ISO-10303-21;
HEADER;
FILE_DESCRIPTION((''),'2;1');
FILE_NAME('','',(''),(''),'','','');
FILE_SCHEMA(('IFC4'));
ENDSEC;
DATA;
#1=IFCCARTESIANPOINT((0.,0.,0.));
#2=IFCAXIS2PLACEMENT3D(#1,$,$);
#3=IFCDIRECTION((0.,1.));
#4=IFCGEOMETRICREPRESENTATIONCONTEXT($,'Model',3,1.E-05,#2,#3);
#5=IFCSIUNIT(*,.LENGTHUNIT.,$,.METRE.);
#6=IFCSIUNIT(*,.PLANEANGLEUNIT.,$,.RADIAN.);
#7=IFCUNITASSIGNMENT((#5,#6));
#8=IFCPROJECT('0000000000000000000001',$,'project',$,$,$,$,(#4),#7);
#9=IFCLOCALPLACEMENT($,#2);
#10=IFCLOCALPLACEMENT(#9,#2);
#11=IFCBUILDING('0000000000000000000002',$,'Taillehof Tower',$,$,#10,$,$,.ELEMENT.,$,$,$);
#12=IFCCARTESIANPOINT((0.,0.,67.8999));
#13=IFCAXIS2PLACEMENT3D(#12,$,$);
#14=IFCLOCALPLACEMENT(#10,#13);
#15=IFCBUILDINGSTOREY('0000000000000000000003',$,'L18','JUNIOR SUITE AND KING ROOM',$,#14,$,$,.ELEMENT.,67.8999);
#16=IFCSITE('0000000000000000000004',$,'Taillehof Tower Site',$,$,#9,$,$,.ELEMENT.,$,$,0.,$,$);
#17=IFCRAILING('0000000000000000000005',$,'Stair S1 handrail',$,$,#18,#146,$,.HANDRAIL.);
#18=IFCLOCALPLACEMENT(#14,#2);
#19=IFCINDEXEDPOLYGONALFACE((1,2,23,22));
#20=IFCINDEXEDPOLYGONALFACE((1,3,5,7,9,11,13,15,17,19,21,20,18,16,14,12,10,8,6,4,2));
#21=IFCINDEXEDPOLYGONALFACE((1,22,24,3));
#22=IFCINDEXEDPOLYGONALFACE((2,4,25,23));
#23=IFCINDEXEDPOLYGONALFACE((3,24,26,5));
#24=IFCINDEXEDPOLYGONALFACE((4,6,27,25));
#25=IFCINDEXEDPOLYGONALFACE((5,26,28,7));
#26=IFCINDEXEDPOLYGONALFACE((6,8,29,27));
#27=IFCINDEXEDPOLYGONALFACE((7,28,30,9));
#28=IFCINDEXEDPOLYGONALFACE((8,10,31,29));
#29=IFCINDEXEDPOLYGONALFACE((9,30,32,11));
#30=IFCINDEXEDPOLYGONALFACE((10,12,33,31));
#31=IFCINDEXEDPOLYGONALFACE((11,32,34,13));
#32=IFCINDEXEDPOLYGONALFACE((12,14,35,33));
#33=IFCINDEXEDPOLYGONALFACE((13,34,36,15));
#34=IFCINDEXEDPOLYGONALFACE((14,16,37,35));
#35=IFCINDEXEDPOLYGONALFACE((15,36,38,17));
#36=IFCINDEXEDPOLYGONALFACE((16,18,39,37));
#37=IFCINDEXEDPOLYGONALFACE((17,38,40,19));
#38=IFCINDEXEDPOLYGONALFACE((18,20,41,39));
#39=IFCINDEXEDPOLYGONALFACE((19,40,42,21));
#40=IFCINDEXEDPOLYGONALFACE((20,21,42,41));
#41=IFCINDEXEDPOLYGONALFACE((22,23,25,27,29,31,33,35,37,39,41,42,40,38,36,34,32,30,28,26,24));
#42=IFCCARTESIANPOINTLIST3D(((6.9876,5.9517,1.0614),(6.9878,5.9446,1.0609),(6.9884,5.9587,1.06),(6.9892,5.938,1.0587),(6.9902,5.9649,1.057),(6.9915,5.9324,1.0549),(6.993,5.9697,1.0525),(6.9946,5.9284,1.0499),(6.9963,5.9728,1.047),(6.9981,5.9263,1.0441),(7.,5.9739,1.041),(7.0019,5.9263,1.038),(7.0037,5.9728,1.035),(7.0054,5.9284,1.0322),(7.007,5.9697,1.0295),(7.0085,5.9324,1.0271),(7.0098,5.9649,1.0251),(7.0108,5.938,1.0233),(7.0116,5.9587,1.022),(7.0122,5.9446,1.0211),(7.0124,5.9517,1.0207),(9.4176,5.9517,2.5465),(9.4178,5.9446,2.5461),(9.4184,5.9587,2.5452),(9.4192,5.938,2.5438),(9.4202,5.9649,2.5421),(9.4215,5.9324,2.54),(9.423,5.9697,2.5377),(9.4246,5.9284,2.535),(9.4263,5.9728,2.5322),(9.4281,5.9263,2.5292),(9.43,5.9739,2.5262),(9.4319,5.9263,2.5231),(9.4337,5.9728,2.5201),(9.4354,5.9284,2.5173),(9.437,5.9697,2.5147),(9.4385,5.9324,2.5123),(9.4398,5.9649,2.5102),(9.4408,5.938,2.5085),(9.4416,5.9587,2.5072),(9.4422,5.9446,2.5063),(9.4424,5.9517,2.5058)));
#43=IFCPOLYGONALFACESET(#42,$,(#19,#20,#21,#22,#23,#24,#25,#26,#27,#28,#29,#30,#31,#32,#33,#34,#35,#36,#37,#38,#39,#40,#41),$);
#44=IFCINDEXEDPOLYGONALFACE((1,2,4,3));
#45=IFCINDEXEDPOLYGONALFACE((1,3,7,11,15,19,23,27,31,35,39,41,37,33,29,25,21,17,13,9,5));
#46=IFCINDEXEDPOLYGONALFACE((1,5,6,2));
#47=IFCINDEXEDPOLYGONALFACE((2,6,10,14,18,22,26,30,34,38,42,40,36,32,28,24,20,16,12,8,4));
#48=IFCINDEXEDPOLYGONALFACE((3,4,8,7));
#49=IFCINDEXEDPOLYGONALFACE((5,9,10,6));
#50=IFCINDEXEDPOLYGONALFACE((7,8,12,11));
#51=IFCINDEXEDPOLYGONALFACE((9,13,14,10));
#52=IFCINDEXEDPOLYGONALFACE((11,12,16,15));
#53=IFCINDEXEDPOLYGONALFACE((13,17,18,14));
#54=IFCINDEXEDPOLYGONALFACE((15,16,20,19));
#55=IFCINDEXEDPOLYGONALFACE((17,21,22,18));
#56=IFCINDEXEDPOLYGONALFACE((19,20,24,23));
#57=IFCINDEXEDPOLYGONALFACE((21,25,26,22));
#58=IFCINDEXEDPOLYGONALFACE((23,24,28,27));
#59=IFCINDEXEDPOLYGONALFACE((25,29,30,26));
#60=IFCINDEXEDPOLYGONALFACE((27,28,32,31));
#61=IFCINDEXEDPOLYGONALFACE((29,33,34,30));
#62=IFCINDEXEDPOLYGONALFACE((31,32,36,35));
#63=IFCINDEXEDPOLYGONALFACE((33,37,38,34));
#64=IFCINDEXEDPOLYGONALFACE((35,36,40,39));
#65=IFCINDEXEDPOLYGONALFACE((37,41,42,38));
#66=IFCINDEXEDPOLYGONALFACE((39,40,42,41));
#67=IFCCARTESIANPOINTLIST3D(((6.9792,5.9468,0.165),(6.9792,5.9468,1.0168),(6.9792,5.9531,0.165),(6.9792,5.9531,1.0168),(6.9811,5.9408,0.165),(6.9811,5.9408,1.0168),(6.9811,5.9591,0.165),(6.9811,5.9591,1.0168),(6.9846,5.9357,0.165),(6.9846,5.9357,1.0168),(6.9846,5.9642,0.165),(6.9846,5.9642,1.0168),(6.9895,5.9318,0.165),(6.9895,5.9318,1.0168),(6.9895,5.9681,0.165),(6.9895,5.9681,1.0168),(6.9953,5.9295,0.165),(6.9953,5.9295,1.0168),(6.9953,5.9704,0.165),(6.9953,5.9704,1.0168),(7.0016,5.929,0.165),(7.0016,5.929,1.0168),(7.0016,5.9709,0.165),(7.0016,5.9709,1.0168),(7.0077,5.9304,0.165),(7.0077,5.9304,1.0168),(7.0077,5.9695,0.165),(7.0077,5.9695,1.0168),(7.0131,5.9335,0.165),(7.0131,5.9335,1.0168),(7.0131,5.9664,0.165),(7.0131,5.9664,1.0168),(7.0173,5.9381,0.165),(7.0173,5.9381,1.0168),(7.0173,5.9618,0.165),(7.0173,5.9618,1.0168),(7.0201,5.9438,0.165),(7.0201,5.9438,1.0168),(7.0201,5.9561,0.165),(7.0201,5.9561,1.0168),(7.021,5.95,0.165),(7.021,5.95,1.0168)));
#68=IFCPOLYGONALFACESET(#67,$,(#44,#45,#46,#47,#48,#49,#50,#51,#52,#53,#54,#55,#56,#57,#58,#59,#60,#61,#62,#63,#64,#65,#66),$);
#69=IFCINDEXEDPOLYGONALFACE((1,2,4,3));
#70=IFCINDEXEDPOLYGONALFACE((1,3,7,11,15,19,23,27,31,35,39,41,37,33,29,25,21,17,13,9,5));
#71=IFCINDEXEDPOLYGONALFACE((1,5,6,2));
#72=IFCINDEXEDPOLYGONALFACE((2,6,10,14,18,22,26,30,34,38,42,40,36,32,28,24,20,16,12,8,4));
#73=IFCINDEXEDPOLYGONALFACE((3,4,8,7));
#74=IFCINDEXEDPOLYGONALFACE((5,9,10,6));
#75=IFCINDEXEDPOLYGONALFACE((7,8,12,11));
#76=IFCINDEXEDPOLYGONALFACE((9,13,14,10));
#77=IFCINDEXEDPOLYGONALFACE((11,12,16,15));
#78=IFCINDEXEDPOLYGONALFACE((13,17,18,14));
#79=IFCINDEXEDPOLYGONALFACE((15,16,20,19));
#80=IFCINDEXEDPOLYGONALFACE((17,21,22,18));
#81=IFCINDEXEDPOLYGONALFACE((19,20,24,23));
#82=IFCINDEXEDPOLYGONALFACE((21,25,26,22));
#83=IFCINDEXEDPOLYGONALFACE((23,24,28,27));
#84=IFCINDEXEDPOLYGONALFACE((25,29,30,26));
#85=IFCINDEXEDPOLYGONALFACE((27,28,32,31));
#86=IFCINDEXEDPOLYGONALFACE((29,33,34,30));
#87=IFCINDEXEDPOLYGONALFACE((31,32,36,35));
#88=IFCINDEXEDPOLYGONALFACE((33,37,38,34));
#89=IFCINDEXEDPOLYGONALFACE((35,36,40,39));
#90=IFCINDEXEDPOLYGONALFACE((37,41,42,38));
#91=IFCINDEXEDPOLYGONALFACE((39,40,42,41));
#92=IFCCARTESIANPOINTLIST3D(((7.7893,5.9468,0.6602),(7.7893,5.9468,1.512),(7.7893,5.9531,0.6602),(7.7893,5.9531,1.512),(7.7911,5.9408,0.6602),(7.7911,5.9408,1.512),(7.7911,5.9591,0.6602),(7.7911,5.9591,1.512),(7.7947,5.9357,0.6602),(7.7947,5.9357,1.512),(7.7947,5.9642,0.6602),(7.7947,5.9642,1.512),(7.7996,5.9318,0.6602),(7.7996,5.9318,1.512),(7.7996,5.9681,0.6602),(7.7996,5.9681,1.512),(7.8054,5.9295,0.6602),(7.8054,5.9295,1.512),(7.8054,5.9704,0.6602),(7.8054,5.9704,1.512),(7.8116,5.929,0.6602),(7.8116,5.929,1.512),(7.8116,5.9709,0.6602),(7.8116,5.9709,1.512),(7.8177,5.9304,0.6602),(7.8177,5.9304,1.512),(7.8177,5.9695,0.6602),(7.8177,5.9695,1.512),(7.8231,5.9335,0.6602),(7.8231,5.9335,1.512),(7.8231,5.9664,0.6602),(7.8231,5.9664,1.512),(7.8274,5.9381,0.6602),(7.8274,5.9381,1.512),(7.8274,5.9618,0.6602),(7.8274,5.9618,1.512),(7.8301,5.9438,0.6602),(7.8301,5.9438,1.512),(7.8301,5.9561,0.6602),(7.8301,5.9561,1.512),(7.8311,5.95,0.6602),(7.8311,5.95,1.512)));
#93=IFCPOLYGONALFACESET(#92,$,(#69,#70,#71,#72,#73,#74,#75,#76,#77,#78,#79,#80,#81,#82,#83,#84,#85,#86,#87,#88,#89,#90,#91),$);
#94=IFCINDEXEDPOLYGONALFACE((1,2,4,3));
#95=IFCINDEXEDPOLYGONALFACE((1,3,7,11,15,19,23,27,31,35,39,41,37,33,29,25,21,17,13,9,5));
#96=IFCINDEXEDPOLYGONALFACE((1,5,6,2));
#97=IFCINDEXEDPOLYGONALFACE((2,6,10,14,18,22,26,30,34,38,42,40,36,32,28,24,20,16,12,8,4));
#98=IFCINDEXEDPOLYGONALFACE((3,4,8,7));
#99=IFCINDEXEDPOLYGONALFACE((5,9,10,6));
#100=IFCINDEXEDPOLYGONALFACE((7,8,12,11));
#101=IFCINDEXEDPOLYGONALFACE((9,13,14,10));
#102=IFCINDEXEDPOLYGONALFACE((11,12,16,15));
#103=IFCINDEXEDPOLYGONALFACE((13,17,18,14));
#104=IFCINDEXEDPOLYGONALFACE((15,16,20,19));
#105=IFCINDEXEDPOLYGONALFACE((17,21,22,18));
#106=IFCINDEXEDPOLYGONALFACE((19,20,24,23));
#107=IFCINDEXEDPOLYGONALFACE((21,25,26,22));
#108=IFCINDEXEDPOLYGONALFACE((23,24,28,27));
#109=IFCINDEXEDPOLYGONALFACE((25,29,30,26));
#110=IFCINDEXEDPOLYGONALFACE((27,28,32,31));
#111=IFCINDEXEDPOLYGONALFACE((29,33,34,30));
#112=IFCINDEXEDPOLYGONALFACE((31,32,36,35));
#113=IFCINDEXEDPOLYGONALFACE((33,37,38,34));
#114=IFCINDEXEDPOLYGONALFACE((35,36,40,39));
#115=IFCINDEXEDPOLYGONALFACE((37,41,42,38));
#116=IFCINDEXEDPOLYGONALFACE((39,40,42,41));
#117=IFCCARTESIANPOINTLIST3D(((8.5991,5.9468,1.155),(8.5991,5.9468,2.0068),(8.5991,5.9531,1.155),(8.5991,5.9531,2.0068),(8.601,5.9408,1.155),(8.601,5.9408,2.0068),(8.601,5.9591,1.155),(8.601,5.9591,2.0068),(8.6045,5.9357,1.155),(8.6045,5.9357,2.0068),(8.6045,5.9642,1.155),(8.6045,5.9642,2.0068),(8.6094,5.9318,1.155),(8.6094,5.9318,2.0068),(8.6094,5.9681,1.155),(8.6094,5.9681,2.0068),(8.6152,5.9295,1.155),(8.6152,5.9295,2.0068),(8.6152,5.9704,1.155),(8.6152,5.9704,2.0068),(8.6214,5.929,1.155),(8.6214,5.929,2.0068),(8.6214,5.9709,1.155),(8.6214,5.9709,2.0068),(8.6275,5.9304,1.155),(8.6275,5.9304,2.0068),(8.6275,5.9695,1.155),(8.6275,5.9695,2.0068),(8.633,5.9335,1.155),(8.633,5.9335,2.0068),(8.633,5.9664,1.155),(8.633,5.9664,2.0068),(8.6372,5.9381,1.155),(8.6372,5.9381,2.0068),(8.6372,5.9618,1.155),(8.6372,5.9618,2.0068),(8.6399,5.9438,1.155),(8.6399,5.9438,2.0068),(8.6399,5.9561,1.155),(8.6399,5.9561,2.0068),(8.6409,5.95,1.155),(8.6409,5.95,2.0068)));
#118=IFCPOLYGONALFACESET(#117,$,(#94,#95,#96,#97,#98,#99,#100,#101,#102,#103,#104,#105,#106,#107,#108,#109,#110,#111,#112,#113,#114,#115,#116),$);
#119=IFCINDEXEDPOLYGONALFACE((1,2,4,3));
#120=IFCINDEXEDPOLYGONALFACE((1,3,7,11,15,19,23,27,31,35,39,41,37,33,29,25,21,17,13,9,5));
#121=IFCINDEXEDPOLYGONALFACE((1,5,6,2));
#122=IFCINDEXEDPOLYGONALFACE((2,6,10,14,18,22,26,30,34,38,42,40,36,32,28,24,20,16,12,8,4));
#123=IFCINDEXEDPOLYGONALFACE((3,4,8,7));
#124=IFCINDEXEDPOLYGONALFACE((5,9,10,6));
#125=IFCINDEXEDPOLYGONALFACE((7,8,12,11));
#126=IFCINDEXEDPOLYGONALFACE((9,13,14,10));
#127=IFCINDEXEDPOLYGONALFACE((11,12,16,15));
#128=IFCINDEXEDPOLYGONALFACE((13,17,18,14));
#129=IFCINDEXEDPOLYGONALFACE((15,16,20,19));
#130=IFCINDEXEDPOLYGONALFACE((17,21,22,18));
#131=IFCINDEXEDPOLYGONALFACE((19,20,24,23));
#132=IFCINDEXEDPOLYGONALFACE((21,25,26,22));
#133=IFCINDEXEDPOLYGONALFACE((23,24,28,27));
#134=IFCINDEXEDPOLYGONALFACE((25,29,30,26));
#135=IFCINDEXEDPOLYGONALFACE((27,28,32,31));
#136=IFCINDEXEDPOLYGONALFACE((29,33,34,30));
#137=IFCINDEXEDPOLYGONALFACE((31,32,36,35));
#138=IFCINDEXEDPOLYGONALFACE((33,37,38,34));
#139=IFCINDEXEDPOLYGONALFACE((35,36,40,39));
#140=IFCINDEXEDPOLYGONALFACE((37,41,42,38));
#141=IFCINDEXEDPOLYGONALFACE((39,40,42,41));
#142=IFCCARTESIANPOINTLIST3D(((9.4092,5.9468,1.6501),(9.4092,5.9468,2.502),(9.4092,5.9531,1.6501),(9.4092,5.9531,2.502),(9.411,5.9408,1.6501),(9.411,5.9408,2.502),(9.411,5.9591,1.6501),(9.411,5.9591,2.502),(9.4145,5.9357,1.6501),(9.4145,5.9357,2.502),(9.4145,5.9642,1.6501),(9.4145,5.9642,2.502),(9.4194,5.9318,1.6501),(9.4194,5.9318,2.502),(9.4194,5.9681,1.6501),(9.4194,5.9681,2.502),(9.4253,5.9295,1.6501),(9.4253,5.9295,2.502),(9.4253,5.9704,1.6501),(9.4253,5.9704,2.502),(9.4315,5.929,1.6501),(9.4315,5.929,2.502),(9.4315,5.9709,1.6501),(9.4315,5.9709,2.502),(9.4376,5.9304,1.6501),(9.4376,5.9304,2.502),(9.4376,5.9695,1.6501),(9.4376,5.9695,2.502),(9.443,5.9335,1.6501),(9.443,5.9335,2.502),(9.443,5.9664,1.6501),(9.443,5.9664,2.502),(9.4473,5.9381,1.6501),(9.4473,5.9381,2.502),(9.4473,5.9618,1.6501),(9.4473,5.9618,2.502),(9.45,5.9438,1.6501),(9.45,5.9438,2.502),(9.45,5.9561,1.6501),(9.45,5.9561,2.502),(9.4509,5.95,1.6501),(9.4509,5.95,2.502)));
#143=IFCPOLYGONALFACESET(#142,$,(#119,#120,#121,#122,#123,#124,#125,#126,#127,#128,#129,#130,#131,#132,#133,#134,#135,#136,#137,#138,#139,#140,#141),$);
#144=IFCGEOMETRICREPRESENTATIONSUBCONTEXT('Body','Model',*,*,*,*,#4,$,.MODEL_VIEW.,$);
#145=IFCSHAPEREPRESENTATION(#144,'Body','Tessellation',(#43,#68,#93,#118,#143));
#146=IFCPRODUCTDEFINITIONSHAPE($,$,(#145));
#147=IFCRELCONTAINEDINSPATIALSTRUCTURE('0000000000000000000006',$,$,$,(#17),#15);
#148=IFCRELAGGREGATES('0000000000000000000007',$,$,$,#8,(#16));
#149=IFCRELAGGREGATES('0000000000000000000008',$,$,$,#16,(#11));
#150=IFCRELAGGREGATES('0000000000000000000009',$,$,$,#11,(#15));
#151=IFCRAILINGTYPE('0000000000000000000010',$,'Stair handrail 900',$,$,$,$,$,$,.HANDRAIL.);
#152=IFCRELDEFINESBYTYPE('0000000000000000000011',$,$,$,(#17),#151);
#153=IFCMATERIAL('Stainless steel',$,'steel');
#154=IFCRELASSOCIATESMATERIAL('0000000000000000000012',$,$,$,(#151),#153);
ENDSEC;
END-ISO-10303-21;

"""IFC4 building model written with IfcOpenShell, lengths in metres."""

from ifc_helpers import new_model, si_unit, direction, frame, origin, origin_2d, place, context, subcontext, project, spatial, circle, extrude, material, type_object, element, save


model = new_model("IFC4")

# Units and contexts
model_context = context("Model", 3, precision=1e-05, world=origin(), true_north=direction((0.0, 1.0)))
body_context = subcontext(model_context, "Body", "Model", "MODEL_VIEW")
ifc_project = project(units=[si_unit("LENGTHUNIT", "METRE"), si_unit("PLANEANGLEUNIT", "RADIAN")], contexts=[model_context])

# Site, building, storey
site_placement = place(None, origin())
site = spatial("IfcSite", under=ifc_project, at=site_placement, Name="Taillehof Tower Site", CompositionType="ELEMENT", RefElevation=0.0)
building_placement = place(site_placement, origin())
building = spatial("IfcBuilding", under=site, at=building_placement, Name="Taillehof Tower", CompositionType="ELEMENT")
storey_placement = place(building_placement, frame((0.0, 0.0, 67.8999)))
storey = spatial("IfcBuildingStorey", under=building, at=storey_placement, Name="L18", Description="JUNIOR SUITE AND KING ROOM", CompositionType="ELEMENT", Elevation=67.8999)

# Railing
ifc_material_1 = material(Name="Stainless steel", Category="steel")
railing_type = type_object("IfcRailingType", Name="Stair handrail 900", PredefinedType="HANDRAIL", material=ifc_material_1)
railing_1_placement = place(storey_placement, frame((7.0, 5.95, 0.165)))
element("IfcRailing", 1, at=railing_1_placement, inside=storey, type_object=railing_type, Name="Stair S1 handrail", PredefinedType="HANDRAIL", context=body_context, shape_type="SweptSolid", body=[
    extrude(circle(Radius=0.0239, at=origin_2d()), frame((0.0, 0.0, 0.876), z_axis=(0.853259, 0.0, 0.521488), x_axis=(0.0, 1.0, 0.0)), (0.0, 0.0, 1.0), 2.8479),
    extrude(circle(Radius=0.021, at=origin_2d()), origin(), (0.0, 0.0, 1.0), 0.8518),
    extrude(circle(Radius=0.021, at=origin_2d()), frame((0.8101, 0.0, 0.4951)), (0.0, 0.0, 1.0), 0.8518),
    extrude(circle(Radius=0.021, at=origin_2d()), frame((1.6199, 0.0, 0.99)), (0.0, 0.0, 1.0), 0.8518),
    extrude(circle(Radius=0.021, at=origin_2d()), frame((2.4299, 0.0, 1.4851)), (0.0, 0.0, 1.0), 0.8518),
])

save(model, "model.ifc")
